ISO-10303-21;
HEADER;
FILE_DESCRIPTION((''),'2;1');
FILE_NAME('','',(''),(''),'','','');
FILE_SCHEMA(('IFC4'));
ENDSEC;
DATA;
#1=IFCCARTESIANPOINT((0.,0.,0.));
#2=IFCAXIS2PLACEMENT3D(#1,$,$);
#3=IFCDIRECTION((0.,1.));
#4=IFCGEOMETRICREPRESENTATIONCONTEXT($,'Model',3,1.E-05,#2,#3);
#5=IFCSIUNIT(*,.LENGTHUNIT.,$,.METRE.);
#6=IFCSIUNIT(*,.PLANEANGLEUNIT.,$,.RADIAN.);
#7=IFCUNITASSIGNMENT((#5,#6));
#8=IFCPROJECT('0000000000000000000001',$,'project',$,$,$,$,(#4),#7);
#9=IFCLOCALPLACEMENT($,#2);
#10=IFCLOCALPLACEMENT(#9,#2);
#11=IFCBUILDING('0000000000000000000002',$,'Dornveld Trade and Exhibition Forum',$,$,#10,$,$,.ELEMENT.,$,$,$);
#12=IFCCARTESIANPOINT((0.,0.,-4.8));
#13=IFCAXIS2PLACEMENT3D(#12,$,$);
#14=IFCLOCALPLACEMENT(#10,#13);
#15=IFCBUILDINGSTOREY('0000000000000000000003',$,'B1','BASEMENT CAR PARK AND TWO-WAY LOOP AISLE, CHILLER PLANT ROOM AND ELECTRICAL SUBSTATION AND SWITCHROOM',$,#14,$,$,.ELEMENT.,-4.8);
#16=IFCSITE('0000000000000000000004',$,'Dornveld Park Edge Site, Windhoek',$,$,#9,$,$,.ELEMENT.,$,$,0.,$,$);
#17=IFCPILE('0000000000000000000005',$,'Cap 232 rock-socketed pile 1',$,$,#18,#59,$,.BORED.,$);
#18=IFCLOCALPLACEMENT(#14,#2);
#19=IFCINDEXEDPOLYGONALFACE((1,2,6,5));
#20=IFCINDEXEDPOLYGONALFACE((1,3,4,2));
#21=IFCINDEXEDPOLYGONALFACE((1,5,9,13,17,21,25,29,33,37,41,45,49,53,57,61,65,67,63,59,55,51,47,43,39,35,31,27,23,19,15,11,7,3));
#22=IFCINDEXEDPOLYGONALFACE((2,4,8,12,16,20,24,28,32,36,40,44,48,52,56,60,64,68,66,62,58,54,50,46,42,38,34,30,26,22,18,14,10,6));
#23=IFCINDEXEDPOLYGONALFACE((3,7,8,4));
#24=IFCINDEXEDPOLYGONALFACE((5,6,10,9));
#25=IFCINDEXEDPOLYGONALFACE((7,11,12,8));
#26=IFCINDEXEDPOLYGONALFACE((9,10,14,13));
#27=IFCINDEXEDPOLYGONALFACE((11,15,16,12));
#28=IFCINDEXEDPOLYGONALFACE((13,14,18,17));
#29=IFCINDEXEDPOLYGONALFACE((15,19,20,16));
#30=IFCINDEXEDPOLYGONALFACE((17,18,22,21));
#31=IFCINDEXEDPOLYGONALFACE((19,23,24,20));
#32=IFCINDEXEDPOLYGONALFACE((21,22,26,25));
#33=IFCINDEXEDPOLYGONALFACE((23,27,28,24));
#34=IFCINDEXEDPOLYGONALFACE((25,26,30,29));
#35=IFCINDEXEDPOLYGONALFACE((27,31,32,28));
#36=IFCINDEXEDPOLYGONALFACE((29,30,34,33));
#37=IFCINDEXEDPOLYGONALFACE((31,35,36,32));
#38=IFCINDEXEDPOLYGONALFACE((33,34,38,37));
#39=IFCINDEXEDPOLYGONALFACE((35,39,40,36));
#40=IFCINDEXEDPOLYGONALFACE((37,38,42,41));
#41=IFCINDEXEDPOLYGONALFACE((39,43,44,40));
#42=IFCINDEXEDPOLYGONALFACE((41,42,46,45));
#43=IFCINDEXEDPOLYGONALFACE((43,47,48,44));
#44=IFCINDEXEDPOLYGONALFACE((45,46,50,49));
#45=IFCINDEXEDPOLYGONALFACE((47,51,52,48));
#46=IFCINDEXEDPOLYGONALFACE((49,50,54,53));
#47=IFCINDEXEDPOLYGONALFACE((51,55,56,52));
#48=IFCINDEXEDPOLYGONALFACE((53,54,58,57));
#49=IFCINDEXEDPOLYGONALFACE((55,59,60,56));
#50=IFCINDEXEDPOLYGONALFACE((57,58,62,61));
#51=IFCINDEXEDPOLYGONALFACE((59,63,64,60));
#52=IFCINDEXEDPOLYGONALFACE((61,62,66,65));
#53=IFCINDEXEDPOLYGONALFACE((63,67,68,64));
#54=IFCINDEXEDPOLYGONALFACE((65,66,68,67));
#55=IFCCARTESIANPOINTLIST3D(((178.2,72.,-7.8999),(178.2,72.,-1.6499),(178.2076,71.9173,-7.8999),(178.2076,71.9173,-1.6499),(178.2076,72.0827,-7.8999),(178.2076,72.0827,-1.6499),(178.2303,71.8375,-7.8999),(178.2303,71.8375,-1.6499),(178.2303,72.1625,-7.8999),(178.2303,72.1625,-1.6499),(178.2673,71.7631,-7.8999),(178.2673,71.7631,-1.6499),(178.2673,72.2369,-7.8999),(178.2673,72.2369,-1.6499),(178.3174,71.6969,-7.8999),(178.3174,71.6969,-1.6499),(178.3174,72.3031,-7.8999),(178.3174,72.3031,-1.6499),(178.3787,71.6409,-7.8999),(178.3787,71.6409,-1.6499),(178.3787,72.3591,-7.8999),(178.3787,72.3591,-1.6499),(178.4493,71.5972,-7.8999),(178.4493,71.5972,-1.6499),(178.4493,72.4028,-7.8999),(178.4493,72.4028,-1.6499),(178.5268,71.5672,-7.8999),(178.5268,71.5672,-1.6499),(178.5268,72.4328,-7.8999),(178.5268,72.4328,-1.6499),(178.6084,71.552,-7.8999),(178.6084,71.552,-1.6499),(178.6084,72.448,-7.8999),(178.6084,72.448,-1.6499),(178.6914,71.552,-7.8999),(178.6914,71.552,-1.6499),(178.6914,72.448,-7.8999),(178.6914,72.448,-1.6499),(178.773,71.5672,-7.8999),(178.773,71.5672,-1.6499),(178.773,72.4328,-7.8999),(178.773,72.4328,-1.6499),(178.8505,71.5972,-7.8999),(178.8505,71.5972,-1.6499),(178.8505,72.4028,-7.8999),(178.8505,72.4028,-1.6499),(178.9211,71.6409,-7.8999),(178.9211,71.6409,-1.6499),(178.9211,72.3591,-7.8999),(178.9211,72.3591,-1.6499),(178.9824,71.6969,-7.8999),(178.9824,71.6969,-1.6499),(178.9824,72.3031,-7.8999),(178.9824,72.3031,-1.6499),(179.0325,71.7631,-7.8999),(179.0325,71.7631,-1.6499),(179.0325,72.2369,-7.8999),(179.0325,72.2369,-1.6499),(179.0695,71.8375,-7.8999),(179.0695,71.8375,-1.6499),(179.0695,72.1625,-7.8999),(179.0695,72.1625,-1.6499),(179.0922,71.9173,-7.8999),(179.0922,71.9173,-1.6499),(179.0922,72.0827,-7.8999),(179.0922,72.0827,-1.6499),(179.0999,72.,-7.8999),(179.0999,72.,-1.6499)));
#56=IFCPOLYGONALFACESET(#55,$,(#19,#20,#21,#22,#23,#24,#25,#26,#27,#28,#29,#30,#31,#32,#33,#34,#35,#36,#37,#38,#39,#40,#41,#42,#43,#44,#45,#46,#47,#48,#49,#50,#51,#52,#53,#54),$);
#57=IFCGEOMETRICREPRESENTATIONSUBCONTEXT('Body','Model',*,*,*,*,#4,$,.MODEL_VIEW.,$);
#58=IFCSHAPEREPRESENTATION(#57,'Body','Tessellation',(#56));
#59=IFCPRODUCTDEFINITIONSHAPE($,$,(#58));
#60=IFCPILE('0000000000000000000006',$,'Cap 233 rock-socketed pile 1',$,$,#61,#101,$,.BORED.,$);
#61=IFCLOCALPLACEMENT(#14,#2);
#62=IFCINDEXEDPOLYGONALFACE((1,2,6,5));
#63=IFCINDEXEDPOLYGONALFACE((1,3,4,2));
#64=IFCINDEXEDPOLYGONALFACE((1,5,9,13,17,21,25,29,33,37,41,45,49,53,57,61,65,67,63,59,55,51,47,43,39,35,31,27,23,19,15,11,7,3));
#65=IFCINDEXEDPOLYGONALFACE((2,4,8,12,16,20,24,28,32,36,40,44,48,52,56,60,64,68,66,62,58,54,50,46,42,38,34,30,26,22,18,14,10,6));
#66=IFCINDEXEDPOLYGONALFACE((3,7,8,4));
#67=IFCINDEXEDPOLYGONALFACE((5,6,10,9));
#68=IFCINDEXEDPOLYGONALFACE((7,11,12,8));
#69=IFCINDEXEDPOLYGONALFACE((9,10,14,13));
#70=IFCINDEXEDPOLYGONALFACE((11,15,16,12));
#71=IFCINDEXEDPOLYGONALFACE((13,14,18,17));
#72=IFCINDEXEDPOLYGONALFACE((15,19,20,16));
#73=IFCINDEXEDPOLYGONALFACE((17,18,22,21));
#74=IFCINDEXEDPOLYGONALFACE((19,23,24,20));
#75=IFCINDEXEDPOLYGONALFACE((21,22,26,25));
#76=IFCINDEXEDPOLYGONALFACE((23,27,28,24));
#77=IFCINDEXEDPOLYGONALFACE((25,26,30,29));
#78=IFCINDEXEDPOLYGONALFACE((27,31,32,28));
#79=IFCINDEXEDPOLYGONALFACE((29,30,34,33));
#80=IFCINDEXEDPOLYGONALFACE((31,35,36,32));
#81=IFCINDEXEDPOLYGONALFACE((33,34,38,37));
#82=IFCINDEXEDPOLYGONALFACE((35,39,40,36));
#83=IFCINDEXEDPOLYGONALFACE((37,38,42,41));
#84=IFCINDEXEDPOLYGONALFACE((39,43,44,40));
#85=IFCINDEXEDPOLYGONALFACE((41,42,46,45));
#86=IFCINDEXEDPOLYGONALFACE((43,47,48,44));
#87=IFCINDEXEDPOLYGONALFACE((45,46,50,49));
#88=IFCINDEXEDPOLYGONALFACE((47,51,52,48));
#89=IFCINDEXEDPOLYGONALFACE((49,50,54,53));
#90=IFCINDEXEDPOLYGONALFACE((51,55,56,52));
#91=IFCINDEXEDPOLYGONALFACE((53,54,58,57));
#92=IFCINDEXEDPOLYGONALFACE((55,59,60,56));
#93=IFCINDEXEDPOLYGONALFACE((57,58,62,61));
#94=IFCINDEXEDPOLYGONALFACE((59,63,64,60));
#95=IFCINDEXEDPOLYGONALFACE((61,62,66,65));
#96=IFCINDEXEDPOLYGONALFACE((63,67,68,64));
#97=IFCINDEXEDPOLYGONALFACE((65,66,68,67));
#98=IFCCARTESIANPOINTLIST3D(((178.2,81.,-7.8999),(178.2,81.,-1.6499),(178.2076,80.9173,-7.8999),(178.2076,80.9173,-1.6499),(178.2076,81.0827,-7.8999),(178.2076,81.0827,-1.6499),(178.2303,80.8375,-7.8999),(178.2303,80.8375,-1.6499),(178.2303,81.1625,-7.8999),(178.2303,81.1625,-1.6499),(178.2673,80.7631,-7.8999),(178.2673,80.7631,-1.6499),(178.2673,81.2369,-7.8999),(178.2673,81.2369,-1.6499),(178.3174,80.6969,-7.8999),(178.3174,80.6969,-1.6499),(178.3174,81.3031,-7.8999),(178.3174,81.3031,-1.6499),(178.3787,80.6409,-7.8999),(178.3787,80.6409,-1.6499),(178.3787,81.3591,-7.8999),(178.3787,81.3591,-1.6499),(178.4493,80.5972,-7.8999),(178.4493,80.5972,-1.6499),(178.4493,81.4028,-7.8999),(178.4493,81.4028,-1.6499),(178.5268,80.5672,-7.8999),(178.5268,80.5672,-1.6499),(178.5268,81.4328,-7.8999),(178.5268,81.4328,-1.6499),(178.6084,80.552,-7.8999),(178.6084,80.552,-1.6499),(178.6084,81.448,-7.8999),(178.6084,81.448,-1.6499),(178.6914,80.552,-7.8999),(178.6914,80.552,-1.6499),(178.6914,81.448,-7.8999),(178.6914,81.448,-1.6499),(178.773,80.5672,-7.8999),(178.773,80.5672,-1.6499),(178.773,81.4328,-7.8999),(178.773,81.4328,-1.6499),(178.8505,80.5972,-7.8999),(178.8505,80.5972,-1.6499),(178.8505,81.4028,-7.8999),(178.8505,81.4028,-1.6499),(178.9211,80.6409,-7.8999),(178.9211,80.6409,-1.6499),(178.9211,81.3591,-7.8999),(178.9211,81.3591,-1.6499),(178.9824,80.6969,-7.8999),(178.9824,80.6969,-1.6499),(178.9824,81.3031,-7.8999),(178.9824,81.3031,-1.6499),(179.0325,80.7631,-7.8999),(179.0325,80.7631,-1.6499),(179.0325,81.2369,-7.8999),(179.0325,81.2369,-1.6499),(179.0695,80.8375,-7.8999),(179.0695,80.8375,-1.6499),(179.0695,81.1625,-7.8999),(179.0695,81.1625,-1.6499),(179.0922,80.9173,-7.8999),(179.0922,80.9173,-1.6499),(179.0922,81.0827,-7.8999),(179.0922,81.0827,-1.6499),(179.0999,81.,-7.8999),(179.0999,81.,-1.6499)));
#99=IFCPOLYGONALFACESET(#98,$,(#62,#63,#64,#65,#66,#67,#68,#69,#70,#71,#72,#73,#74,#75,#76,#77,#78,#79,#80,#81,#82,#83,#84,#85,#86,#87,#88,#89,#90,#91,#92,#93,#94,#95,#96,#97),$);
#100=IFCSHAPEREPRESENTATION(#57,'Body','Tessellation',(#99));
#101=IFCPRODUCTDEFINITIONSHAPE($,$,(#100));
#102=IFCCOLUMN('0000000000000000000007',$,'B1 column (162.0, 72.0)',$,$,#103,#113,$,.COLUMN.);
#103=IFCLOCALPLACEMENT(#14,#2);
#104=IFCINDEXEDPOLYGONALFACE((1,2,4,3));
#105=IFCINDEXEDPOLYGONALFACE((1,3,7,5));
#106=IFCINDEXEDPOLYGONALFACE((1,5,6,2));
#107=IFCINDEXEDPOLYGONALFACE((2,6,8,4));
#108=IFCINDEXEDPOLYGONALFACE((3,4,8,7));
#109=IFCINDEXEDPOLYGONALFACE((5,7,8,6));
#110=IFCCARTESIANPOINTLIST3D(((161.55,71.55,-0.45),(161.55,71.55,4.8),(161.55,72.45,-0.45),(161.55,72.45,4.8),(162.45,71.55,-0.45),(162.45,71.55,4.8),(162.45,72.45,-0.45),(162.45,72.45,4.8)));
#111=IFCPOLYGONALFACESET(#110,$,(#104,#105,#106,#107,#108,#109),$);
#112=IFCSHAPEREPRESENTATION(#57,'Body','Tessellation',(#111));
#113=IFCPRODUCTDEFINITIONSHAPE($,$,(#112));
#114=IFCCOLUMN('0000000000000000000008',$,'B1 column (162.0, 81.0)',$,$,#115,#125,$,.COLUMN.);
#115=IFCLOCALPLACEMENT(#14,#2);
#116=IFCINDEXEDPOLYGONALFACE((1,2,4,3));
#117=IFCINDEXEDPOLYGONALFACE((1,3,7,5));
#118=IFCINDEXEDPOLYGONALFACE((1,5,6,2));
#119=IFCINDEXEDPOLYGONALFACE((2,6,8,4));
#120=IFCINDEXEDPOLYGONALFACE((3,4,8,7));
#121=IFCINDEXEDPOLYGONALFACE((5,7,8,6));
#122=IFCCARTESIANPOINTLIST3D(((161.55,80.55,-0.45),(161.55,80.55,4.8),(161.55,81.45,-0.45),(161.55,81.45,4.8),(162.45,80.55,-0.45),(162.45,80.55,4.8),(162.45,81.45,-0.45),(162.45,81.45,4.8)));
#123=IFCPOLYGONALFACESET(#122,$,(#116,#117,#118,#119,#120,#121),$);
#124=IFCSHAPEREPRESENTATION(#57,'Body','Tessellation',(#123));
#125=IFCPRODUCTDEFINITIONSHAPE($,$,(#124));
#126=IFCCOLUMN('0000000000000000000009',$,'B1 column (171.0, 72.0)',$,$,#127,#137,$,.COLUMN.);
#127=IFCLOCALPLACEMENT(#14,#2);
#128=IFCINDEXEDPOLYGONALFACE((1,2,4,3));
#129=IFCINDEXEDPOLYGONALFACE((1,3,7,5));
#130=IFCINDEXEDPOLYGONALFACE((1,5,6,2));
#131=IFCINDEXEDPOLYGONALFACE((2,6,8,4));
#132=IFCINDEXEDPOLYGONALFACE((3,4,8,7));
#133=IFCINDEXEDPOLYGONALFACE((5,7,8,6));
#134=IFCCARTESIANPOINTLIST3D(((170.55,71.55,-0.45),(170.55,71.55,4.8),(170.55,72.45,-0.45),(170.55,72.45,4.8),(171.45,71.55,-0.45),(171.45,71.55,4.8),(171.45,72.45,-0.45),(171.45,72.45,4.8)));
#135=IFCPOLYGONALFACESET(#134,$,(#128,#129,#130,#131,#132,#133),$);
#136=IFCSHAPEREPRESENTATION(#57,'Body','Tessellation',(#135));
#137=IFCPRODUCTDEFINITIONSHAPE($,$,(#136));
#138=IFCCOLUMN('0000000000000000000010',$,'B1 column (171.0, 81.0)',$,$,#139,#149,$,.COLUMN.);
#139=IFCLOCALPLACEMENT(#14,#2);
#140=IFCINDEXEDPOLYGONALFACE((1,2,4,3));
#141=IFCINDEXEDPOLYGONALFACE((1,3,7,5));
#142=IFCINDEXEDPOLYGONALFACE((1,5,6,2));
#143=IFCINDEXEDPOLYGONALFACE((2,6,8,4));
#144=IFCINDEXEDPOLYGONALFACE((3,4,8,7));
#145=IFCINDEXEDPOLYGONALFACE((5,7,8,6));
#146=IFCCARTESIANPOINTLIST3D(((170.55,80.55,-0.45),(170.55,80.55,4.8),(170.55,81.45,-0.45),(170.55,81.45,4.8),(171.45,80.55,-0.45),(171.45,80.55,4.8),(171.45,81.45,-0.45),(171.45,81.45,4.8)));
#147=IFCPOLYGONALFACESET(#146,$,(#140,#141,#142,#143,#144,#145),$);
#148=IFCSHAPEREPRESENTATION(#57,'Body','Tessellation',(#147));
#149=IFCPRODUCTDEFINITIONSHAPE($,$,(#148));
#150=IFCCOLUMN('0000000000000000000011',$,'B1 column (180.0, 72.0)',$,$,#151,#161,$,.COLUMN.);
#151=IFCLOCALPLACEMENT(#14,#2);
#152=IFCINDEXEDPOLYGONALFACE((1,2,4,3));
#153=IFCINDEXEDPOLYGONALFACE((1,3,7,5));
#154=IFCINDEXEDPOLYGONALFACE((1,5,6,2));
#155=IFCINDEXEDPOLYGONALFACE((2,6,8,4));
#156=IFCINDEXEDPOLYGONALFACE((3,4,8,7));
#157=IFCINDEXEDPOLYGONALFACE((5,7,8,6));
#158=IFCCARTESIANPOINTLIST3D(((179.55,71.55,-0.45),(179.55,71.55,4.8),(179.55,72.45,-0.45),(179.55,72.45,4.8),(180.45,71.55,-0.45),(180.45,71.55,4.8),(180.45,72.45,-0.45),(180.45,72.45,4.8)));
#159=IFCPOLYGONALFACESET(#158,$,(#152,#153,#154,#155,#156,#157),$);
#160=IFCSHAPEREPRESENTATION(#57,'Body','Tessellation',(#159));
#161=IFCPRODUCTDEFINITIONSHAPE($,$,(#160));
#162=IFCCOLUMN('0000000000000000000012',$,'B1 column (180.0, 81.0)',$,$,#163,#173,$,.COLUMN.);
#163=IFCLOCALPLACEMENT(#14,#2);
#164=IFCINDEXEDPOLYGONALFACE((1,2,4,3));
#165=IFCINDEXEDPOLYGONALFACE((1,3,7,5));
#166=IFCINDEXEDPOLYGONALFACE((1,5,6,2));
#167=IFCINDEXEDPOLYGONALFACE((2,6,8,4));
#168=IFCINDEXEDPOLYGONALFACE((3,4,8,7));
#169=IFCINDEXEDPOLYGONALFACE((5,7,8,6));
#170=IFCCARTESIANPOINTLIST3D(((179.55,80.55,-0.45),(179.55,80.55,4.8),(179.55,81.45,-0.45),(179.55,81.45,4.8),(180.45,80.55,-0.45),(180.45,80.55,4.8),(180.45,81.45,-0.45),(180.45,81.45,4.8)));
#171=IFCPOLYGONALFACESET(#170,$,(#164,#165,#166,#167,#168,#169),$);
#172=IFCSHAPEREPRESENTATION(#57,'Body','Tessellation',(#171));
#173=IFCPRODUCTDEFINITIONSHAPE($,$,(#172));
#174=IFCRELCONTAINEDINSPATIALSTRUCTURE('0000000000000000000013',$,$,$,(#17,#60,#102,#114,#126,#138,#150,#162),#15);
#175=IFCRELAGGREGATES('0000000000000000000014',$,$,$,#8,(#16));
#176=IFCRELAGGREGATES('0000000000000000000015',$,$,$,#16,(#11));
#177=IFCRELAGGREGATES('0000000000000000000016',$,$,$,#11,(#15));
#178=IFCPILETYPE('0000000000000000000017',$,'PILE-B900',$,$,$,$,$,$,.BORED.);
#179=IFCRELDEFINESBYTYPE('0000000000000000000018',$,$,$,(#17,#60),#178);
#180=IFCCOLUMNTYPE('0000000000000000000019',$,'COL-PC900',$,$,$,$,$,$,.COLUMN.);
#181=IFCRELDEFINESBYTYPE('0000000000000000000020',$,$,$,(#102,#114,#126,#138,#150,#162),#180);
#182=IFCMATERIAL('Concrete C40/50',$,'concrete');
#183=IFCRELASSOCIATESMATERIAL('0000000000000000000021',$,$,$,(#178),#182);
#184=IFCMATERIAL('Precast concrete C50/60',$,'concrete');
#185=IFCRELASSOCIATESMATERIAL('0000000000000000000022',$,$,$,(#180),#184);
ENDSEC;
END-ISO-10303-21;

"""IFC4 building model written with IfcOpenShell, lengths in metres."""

from ifc_helpers import new_model, si_unit, direction, frame, origin, origin_2d, place, context, subcontext, project, spatial, rectangle, circle, extrude, material, material_profile, profile_set, type_object, element, save


model = new_model("IFC4")

# Units and contexts
model_context = context("Model", 3, precision=1e-05, world=origin(), true_north=direction((0.0, 1.0)))
body_context = subcontext(model_context, "Body", "Model", "MODEL_VIEW")
ifc_project = project(units=[si_unit("LENGTHUNIT", "METRE"), si_unit("PLANEANGLEUNIT", "RADIAN")], contexts=[model_context])

# Site, building, storey
site_placement = place(None, origin())
site = spatial("IfcSite", under=ifc_project, at=site_placement, Name="Dornveld Park Edge Site, Windhoek", CompositionType="ELEMENT", RefElevation=0.0)
building_placement = place(site_placement, origin())
building = spatial("IfcBuilding", under=site, at=building_placement, Name="Dornveld Trade and Exhibition Forum", CompositionType="ELEMENT")
storey_placement = place(building_placement, frame((0.0, 0.0, -4.8)))
storey = spatial("IfcBuildingStorey", under=building, at=storey_placement, Name="B1", Description="BASEMENT CAR PARK AND TWO-WAY LOOP AISLE, CHILLER PLANT ROOM AND ELECTRICAL SUBSTATION AND SWITCHROOM", CompositionType="ELEMENT", Elevation=-4.8)

# Piles
ifc_material_1 = material(Name="Concrete C40/50", Category="concrete")
ifc_material_profile_1 = material_profile(ifc_material_1, circle(Radius=0.45, at=origin_2d()), Name="PILE D900")
ifc_profile_set_1 = profile_set([ifc_material_profile_1], Name="Concrete C40/50")
pile_type = type_object("IfcPileType", Name="PILE-B900", PredefinedType="BORED", material=ifc_profile_set_1)
for number, where, z_axis, x_axis, name in (
    (1, (178.6499, 72.0, -1.6499), (0.0, 0.0, -1.0), (1.0, 0.0, 0.0), "Cap 232 rock-socketed pile 1"),
    (2, (178.6499, 81.0, -1.6499), (0.0, 0.0, -1.0), (1.0, 0.0, 0.0), "Cap 233 rock-socketed pile 1"),
):
    element("IfcPile", number, at=place(storey_placement, frame(where, z_axis=z_axis, x_axis=x_axis)), inside=storey, type_object=pile_type, Name=name, PredefinedType="BORED", context=body_context, shape_type="SweptSolid", body=[
        extrude(circle(Radius=0.45, at=origin_2d()), origin(), (0.0, 0.0, 1.0), 6.25),
    ])

# Columns
ifc_material_2 = material(Name="Precast concrete C50/60", Category="concrete")
ifc_material_profile_2 = material_profile(ifc_material_2, rectangle(XDim=0.8999, YDim=0.8999, at=origin_2d()), Name="PC-COL 900x900")
ifc_profile_set_2 = profile_set([ifc_material_profile_2], Name="Precast concrete C50/60")
column_type = type_object("IfcColumnType", Name="COL-PC900", PredefinedType="COLUMN", material=ifc_profile_set_2)
for number, where, z_axis, x_axis, name in (
    (3, (162.0, 72.0, -0.45), (0.0, 0.0, 1.0), (1.0, 0.0, 0.0), "B1 column (162.0, 72.0)"),
    (4, (162.0, 81.0, -0.45), (0.0, 0.0, 1.0), (1.0, 0.0, 0.0), "B1 column (162.0, 81.0)"),
    (5, (171.0, 72.0, -0.45), (0.0, 0.0, 1.0), (1.0, 0.0, 0.0), "B1 column (171.0, 72.0)"),
    (6, (171.0, 81.0, -0.45), (0.0, 0.0, 1.0), (1.0, 0.0, 0.0), "B1 column (171.0, 81.0)"),
    (7, (180.0, 72.0, -0.45), (0.0, 0.0, 1.0), (1.0, 0.0, 0.0), "B1 column (180.0, 72.0)"),
    (8, (180.0, 81.0, -0.45), (0.0, 0.0, 1.0), (1.0, 0.0, 0.0), "B1 column (180.0, 81.0)"),
):
    element("IfcColumn", number, at=place(storey_placement, frame(where, z_axis=z_axis, x_axis=x_axis)), inside=storey, type_object=column_type, Name=name, PredefinedType="COLUMN", context=body_context, shape_type="SweptSolid", body=[
        extrude(rectangle(XDim=0.8999, YDim=0.8999, at=origin_2d()), origin(), (0.0, 0.0, 1.0), 5.25),
    ])

save(model, "model.ifc")
